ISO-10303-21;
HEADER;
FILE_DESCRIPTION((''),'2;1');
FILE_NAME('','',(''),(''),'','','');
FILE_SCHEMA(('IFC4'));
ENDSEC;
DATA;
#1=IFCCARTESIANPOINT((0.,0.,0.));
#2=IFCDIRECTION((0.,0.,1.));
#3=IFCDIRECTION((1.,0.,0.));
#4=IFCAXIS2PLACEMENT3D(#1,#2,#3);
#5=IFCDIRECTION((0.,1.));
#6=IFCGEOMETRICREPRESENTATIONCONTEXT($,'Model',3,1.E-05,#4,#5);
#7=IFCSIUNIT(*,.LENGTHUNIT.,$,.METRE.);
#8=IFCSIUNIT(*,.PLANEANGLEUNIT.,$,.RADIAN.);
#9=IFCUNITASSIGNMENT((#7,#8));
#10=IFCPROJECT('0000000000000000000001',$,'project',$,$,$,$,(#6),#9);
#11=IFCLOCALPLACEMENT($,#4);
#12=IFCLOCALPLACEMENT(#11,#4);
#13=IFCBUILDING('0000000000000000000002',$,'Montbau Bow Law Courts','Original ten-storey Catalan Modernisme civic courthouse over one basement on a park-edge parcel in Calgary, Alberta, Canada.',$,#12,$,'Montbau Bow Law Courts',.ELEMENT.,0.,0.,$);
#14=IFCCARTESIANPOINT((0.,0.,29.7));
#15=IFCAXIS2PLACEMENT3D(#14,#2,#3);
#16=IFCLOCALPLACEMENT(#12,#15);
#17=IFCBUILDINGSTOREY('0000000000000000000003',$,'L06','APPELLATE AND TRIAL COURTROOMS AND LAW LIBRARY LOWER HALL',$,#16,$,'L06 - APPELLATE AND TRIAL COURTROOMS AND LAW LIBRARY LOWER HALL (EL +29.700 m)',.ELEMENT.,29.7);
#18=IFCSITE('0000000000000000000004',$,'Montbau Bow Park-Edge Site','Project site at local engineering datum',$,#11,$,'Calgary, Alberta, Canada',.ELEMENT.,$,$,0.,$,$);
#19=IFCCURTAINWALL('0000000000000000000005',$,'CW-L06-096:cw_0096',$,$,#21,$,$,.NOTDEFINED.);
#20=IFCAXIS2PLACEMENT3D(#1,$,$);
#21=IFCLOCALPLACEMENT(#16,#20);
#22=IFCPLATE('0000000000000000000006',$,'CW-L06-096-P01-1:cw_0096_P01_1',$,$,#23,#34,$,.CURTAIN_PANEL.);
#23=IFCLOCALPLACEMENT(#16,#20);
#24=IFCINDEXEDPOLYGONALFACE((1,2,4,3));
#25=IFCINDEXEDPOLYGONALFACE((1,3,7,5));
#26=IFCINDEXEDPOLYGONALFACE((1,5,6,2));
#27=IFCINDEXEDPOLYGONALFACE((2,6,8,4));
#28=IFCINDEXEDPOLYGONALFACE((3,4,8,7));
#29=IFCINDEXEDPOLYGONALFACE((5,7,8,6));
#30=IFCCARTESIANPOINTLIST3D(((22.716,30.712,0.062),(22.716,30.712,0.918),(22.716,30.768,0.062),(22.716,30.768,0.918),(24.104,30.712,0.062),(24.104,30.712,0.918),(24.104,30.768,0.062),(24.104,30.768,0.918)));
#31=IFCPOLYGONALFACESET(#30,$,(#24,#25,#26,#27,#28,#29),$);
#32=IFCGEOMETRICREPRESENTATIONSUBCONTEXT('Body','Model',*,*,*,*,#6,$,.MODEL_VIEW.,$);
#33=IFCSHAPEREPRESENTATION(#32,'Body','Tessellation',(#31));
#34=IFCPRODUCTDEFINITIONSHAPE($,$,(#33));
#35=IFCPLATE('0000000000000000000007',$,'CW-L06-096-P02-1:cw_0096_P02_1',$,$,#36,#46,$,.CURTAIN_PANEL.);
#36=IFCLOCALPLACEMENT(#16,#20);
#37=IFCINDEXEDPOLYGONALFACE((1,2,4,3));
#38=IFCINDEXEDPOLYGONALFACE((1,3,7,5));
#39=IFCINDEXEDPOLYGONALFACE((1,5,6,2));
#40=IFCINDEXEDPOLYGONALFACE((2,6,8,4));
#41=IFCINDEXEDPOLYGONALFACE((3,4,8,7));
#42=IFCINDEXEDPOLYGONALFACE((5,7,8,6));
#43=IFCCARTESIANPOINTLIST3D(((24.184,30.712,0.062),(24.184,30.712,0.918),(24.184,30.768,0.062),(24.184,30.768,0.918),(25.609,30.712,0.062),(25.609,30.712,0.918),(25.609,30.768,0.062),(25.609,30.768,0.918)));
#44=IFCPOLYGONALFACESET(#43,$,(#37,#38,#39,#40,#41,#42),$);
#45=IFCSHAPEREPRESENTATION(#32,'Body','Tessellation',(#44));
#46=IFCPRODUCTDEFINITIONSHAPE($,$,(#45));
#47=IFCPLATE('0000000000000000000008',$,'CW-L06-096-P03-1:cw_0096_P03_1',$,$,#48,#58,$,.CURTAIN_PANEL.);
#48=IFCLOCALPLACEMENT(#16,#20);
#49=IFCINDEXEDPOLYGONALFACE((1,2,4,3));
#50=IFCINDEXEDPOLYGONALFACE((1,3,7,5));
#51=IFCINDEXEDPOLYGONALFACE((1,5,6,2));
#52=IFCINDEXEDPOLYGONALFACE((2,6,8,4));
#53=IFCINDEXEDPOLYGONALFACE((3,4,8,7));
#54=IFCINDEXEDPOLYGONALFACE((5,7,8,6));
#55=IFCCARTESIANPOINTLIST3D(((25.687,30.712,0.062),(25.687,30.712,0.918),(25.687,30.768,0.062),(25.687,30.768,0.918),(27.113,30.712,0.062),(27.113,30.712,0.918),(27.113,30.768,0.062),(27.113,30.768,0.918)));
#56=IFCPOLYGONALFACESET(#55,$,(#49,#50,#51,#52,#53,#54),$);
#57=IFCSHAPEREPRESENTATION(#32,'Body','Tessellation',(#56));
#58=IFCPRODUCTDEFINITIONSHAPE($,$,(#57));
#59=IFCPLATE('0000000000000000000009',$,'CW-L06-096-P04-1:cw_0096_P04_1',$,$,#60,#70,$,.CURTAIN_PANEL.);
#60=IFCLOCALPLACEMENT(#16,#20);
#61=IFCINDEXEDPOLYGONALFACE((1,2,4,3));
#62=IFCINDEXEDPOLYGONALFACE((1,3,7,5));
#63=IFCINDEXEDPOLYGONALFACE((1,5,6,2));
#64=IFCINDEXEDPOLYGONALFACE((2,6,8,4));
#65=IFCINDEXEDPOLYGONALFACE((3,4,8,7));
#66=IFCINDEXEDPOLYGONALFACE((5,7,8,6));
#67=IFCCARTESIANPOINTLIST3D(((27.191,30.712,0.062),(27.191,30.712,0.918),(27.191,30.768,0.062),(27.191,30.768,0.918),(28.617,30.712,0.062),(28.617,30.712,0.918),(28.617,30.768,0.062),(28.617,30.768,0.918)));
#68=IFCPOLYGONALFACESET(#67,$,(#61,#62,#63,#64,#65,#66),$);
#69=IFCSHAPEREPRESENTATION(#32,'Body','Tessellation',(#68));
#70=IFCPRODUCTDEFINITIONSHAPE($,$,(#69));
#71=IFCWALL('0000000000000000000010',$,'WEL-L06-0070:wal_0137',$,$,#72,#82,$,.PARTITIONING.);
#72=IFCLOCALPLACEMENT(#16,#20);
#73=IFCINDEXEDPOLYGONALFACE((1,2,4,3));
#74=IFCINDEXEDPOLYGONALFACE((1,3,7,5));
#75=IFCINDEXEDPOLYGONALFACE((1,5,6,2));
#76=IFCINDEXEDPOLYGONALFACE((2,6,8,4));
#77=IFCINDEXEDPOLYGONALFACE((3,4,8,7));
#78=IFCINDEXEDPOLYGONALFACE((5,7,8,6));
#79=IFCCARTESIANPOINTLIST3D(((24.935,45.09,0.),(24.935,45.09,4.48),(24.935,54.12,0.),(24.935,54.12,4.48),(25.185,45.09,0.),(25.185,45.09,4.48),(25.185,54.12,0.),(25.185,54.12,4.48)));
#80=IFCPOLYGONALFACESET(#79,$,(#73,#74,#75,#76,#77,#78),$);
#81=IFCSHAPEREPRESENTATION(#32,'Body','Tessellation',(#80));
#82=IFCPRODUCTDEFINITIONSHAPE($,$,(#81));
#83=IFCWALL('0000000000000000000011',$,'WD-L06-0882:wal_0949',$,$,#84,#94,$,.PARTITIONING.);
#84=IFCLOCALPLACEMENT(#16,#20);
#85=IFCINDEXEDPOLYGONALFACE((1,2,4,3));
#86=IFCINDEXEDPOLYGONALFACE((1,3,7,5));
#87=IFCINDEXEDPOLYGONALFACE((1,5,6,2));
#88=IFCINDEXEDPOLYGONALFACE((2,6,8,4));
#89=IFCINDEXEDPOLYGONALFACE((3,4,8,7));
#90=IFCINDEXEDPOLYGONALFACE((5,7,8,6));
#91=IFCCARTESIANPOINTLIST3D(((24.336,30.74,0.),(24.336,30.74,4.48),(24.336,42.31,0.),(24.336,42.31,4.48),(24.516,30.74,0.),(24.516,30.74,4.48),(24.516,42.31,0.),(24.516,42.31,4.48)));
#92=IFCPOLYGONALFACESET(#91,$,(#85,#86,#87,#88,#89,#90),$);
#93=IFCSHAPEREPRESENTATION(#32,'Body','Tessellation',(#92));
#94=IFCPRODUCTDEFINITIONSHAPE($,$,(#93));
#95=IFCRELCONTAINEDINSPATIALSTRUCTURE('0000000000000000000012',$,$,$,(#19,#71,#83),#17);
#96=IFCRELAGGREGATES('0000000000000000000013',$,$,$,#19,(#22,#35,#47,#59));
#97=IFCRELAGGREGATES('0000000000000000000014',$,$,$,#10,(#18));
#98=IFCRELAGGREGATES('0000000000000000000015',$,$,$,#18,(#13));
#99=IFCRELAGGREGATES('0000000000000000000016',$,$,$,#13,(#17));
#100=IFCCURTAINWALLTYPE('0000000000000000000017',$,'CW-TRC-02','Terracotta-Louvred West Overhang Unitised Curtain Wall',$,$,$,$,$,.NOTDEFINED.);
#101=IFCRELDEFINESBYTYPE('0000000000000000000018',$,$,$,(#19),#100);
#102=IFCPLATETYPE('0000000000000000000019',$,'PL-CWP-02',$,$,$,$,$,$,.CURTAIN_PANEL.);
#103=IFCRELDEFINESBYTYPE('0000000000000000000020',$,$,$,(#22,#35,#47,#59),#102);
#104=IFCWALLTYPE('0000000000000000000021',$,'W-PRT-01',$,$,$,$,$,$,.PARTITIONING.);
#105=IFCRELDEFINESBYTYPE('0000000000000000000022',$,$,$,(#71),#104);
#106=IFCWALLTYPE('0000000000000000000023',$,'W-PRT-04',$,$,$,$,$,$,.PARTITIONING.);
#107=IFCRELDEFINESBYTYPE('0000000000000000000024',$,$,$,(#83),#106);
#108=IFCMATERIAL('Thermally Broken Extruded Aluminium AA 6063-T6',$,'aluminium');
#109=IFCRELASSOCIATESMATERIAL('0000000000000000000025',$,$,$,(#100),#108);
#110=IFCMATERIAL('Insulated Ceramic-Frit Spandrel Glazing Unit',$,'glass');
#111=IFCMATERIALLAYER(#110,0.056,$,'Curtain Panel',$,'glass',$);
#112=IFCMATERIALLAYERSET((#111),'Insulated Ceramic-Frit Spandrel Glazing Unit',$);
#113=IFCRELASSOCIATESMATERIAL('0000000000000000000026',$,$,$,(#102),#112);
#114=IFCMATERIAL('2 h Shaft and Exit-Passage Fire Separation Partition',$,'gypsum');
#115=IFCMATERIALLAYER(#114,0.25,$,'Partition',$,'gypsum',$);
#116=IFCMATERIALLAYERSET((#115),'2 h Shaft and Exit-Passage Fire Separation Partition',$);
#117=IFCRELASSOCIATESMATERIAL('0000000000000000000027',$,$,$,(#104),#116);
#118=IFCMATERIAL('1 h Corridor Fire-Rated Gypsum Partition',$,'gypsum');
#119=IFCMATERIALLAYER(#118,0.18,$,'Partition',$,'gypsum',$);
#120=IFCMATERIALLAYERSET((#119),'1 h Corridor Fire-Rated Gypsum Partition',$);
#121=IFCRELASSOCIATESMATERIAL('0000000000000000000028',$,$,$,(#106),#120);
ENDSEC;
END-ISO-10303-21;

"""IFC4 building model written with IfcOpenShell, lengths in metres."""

from ifc_helpers import new_model, si_unit, direction, frame, frame_2d, origin_with_axes, place, context, subcontext, project, spatial, rectangle, extrude, material, layer, layer_set, type_object, element, aggregate, save


model = new_model("IFC4")

# Units and contexts
model_context = context("Model", 3, precision=1e-05, world=origin_with_axes(), true_north=direction((0.0, 1.0)))
body_context = subcontext(model_context, "Body", "Model", "MODEL_VIEW")
ifc_project = project(units=[si_unit("LENGTHUNIT", "METRE"), si_unit("PLANEANGLEUNIT", "RADIAN")], contexts=[model_context])

# Site, building, storey
site_placement = place(None, origin_with_axes())
site = spatial("IfcSite", under=ifc_project, at=site_placement, Name="Montbau Bow Park-Edge Site", Description="Project site at local engineering datum", LongName="Calgary, Alberta, Canada", CompositionType="ELEMENT", RefElevation=0.0)
building_placement = place(site_placement, origin_with_axes())
building = spatial("IfcBuilding", under=site, at=building_placement, Name="Montbau Bow Law Courts", Description="Original ten-storey Catalan Modernisme civic courthouse over one basement on a park-edge parcel in Calgary, Alberta, Canada.", LongName="Montbau Bow Law Courts", CompositionType="ELEMENT", ElevationOfRefHeight=0.0, ElevationOfTerrain=0.0)
storey_placement = place(building_placement, frame((0.0, 0.0, 29.7), z_axis=(0.0, 0.0, 1.0), x_axis=(1.0, 0.0, 0.0)))
storey = spatial("IfcBuildingStorey", under=building, at=storey_placement, Name="L06", Description="APPELLATE AND TRIAL COURTROOMS AND LAW LIBRARY LOWER HALL", LongName="L06 - APPELLATE AND TRIAL COURTROOMS AND LAW LIBRARY LOWER HALL (EL +29.700 m)", CompositionType="ELEMENT", Elevation=29.7)

# Curtain wall, plates
ifc_material_1 = material(Name="Thermally Broken Extruded Aluminium AA 6063-T6", Category="aluminium")
curtain_wall_type = type_object("IfcCurtainWallType", Name="CW-TRC-02", Description="Terracotta-Louvred West Overhang Unitised Curtain Wall", PredefinedType="NOTDEFINED", material=ifc_material_1)
curtain_wall_placement = place(None, frame((22.64, 30.74, 29.7), z_axis=(0.0, 0.0, 1.0), x_axis=(1.0, 0.0, 0.0)))
curtain_wall = element("IfcCurtainWall", 1, at=curtain_wall_placement, inside=storey, type_object=curtain_wall_type, Name="CW-L06-096:cw_0096", PredefinedType="NOTDEFINED")
ifc_material_2 = material(Name="Insulated Ceramic-Frit Spandrel Glazing Unit", Category="glass")
ifc_layer_1 = layer(ifc_material_2, 0.056, Name="Curtain Panel", Category="glass")
ifc_layer_set_1 = layer_set([ifc_layer_1], Name="Insulated Ceramic-Frit Spandrel Glazing Unit")
plate_type_1 = type_object("IfcPlateType", Name="PL-CWP-02", PredefinedType="CURTAIN_PANEL", material=ifc_layer_set_1)
plate_1_placement = place(None, frame((22.716, 30.74, 29.762), z_axis=(0.0, -1.0, 0.0), x_axis=(1.0, 0.0, 0.0)))
plate_1 = element("IfcPlate", 2, at=plate_1_placement, type_object=plate_type_1, Name="CW-L06-096-P01-1:cw_0096_P01_1", PredefinedType="CURTAIN_PANEL", context=body_context, shape_type="SweptSolid", body=[
    extrude(rectangle(XDim=1.388, YDim=0.856, at=frame_2d((0.694, 0.428), x_axis=(1.0, 0.0))), frame((0.0, 0.0, -0.028), z_axis=(0.0, 0.0, 1.0), x_axis=(1.0, 0.0, 0.0)), (0.0, 0.0, 1.0), 0.056),
])
plate_2_placement = place(None, frame((24.184, 30.74, 29.762), z_axis=(0.0, -1.0, 0.0), x_axis=(1.0, 0.0, 0.0)))
plate_2 = element("IfcPlate", 3, at=plate_2_placement, type_object=plate_type_1, Name="CW-L06-096-P02-1:cw_0096_P02_1", PredefinedType="CURTAIN_PANEL", context=body_context, shape_type="SweptSolid", body=[
    extrude(rectangle(XDim=1.425, YDim=0.856, at=frame_2d((0.7125, 0.428), x_axis=(1.0, 0.0))), frame((0.0, 0.0, -0.028), z_axis=(0.0, 0.0, 1.0), x_axis=(1.0, 0.0, 0.0)), (0.0, 0.0, 1.0), 0.056),
])
plate_3_placement = place(None, frame((25.687, 30.74, 29.762), z_axis=(0.0, -1.0, 0.0), x_axis=(1.0, 0.0, 0.0)))
plate_3 = element("IfcPlate", 4, at=plate_3_placement, type_object=plate_type_1, Name="CW-L06-096-P03-1:cw_0096_P03_1", PredefinedType="CURTAIN_PANEL", context=body_context, shape_type="SweptSolid", body=[
    extrude(rectangle(XDim=1.426, YDim=0.856, at=frame_2d((0.713, 0.428), x_axis=(1.0, 0.0))), frame((0.0, 0.0, -0.028), z_axis=(0.0, 0.0, 1.0), x_axis=(1.0, 0.0, 0.0)), (0.0, 0.0, 1.0), 0.056),
])
plate_4_placement = place(None, frame((27.191, 30.74, 29.762), z_axis=(0.0, -1.0, 0.0), x_axis=(1.0, 0.0, 0.0)))
plate_4 = element("IfcPlate", 5, at=plate_4_placement, type_object=plate_type_1, Name="CW-L06-096-P04-1:cw_0096_P04_1", PredefinedType="CURTAIN_PANEL", context=body_context, shape_type="SweptSolid", body=[
    extrude(rectangle(XDim=1.426, YDim=0.856, at=frame_2d((0.713, 0.428), x_axis=(1.0, 0.0))), frame((0.0, 0.0, -0.028), z_axis=(0.0, 0.0, 1.0), x_axis=(1.0, 0.0, 0.0)), (0.0, 0.0, 1.0), 0.056),
])
aggregate(curtain_wall, [plate_1, plate_2, plate_3, plate_4])

# Walls
ifc_material_3 = material(Name="2 h Shaft and Exit-Passage Fire Separation Partition", Category="gypsum")
ifc_layer_2 = layer(ifc_material_3, 0.25, Name="Partition", Category="gypsum")
ifc_layer_set_2 = layer_set([ifc_layer_2], Name="2 h Shaft and Exit-Passage Fire Separation Partition")
wall_type_1 = type_object("IfcWallType", Name="W-PRT-01", PredefinedType="PARTITIONING", material=ifc_layer_set_2)
wall_1_placement = place(None, frame((25.06, 45.09, 29.7), z_axis=(0.0, 0.0, 1.0), x_axis=(0.0, 1.0, 0.0)))
element("IfcWall", 6, at=wall_1_placement, inside=storey, type_object=wall_type_1, Name="WEL-L06-0070:wal_0137", PredefinedType="PARTITIONING", context=body_context, shape_type="SweptSolid", body=[
    extrude(rectangle(XDim=9.03, YDim=0.25, at=frame_2d((4.515, 0.0), x_axis=(1.0, 0.0))), origin_with_axes(), (0.0, 0.0, 1.0), 4.48),
])
ifc_material_4 = material(Name="1 h Corridor Fire-Rated Gypsum Partition", Category="gypsum")
ifc_layer_3 = layer(ifc_material_4, 0.18, Name="Partition", Category="gypsum")
ifc_layer_set_3 = layer_set([ifc_layer_3], Name="1 h Corridor Fire-Rated Gypsum Partition")
wall_type_2 = type_object("IfcWallType", Name="W-PRT-04", PredefinedType="PARTITIONING", material=ifc_layer_set_3)
wall_2_placement = place(None, frame((24.426, 30.74, 29.7), z_axis=(0.0, 0.0, 1.0), x_axis=(0.0, 1.0, 0.0)))
element("IfcWall", 7, at=wall_2_placement, inside=storey, type_object=wall_type_2, Name="WD-L06-0882:wal_0949", PredefinedType="PARTITIONING", context=body_context, shape_type="SweptSolid", body=[
    extrude(rectangle(XDim=11.57, YDim=0.18, at=frame_2d((5.785, 0.0), x_axis=(1.0, 0.0))), origin_with_axes(), (0.0, 0.0, 1.0), 4.48),
])

save(model, "model.ifc")
